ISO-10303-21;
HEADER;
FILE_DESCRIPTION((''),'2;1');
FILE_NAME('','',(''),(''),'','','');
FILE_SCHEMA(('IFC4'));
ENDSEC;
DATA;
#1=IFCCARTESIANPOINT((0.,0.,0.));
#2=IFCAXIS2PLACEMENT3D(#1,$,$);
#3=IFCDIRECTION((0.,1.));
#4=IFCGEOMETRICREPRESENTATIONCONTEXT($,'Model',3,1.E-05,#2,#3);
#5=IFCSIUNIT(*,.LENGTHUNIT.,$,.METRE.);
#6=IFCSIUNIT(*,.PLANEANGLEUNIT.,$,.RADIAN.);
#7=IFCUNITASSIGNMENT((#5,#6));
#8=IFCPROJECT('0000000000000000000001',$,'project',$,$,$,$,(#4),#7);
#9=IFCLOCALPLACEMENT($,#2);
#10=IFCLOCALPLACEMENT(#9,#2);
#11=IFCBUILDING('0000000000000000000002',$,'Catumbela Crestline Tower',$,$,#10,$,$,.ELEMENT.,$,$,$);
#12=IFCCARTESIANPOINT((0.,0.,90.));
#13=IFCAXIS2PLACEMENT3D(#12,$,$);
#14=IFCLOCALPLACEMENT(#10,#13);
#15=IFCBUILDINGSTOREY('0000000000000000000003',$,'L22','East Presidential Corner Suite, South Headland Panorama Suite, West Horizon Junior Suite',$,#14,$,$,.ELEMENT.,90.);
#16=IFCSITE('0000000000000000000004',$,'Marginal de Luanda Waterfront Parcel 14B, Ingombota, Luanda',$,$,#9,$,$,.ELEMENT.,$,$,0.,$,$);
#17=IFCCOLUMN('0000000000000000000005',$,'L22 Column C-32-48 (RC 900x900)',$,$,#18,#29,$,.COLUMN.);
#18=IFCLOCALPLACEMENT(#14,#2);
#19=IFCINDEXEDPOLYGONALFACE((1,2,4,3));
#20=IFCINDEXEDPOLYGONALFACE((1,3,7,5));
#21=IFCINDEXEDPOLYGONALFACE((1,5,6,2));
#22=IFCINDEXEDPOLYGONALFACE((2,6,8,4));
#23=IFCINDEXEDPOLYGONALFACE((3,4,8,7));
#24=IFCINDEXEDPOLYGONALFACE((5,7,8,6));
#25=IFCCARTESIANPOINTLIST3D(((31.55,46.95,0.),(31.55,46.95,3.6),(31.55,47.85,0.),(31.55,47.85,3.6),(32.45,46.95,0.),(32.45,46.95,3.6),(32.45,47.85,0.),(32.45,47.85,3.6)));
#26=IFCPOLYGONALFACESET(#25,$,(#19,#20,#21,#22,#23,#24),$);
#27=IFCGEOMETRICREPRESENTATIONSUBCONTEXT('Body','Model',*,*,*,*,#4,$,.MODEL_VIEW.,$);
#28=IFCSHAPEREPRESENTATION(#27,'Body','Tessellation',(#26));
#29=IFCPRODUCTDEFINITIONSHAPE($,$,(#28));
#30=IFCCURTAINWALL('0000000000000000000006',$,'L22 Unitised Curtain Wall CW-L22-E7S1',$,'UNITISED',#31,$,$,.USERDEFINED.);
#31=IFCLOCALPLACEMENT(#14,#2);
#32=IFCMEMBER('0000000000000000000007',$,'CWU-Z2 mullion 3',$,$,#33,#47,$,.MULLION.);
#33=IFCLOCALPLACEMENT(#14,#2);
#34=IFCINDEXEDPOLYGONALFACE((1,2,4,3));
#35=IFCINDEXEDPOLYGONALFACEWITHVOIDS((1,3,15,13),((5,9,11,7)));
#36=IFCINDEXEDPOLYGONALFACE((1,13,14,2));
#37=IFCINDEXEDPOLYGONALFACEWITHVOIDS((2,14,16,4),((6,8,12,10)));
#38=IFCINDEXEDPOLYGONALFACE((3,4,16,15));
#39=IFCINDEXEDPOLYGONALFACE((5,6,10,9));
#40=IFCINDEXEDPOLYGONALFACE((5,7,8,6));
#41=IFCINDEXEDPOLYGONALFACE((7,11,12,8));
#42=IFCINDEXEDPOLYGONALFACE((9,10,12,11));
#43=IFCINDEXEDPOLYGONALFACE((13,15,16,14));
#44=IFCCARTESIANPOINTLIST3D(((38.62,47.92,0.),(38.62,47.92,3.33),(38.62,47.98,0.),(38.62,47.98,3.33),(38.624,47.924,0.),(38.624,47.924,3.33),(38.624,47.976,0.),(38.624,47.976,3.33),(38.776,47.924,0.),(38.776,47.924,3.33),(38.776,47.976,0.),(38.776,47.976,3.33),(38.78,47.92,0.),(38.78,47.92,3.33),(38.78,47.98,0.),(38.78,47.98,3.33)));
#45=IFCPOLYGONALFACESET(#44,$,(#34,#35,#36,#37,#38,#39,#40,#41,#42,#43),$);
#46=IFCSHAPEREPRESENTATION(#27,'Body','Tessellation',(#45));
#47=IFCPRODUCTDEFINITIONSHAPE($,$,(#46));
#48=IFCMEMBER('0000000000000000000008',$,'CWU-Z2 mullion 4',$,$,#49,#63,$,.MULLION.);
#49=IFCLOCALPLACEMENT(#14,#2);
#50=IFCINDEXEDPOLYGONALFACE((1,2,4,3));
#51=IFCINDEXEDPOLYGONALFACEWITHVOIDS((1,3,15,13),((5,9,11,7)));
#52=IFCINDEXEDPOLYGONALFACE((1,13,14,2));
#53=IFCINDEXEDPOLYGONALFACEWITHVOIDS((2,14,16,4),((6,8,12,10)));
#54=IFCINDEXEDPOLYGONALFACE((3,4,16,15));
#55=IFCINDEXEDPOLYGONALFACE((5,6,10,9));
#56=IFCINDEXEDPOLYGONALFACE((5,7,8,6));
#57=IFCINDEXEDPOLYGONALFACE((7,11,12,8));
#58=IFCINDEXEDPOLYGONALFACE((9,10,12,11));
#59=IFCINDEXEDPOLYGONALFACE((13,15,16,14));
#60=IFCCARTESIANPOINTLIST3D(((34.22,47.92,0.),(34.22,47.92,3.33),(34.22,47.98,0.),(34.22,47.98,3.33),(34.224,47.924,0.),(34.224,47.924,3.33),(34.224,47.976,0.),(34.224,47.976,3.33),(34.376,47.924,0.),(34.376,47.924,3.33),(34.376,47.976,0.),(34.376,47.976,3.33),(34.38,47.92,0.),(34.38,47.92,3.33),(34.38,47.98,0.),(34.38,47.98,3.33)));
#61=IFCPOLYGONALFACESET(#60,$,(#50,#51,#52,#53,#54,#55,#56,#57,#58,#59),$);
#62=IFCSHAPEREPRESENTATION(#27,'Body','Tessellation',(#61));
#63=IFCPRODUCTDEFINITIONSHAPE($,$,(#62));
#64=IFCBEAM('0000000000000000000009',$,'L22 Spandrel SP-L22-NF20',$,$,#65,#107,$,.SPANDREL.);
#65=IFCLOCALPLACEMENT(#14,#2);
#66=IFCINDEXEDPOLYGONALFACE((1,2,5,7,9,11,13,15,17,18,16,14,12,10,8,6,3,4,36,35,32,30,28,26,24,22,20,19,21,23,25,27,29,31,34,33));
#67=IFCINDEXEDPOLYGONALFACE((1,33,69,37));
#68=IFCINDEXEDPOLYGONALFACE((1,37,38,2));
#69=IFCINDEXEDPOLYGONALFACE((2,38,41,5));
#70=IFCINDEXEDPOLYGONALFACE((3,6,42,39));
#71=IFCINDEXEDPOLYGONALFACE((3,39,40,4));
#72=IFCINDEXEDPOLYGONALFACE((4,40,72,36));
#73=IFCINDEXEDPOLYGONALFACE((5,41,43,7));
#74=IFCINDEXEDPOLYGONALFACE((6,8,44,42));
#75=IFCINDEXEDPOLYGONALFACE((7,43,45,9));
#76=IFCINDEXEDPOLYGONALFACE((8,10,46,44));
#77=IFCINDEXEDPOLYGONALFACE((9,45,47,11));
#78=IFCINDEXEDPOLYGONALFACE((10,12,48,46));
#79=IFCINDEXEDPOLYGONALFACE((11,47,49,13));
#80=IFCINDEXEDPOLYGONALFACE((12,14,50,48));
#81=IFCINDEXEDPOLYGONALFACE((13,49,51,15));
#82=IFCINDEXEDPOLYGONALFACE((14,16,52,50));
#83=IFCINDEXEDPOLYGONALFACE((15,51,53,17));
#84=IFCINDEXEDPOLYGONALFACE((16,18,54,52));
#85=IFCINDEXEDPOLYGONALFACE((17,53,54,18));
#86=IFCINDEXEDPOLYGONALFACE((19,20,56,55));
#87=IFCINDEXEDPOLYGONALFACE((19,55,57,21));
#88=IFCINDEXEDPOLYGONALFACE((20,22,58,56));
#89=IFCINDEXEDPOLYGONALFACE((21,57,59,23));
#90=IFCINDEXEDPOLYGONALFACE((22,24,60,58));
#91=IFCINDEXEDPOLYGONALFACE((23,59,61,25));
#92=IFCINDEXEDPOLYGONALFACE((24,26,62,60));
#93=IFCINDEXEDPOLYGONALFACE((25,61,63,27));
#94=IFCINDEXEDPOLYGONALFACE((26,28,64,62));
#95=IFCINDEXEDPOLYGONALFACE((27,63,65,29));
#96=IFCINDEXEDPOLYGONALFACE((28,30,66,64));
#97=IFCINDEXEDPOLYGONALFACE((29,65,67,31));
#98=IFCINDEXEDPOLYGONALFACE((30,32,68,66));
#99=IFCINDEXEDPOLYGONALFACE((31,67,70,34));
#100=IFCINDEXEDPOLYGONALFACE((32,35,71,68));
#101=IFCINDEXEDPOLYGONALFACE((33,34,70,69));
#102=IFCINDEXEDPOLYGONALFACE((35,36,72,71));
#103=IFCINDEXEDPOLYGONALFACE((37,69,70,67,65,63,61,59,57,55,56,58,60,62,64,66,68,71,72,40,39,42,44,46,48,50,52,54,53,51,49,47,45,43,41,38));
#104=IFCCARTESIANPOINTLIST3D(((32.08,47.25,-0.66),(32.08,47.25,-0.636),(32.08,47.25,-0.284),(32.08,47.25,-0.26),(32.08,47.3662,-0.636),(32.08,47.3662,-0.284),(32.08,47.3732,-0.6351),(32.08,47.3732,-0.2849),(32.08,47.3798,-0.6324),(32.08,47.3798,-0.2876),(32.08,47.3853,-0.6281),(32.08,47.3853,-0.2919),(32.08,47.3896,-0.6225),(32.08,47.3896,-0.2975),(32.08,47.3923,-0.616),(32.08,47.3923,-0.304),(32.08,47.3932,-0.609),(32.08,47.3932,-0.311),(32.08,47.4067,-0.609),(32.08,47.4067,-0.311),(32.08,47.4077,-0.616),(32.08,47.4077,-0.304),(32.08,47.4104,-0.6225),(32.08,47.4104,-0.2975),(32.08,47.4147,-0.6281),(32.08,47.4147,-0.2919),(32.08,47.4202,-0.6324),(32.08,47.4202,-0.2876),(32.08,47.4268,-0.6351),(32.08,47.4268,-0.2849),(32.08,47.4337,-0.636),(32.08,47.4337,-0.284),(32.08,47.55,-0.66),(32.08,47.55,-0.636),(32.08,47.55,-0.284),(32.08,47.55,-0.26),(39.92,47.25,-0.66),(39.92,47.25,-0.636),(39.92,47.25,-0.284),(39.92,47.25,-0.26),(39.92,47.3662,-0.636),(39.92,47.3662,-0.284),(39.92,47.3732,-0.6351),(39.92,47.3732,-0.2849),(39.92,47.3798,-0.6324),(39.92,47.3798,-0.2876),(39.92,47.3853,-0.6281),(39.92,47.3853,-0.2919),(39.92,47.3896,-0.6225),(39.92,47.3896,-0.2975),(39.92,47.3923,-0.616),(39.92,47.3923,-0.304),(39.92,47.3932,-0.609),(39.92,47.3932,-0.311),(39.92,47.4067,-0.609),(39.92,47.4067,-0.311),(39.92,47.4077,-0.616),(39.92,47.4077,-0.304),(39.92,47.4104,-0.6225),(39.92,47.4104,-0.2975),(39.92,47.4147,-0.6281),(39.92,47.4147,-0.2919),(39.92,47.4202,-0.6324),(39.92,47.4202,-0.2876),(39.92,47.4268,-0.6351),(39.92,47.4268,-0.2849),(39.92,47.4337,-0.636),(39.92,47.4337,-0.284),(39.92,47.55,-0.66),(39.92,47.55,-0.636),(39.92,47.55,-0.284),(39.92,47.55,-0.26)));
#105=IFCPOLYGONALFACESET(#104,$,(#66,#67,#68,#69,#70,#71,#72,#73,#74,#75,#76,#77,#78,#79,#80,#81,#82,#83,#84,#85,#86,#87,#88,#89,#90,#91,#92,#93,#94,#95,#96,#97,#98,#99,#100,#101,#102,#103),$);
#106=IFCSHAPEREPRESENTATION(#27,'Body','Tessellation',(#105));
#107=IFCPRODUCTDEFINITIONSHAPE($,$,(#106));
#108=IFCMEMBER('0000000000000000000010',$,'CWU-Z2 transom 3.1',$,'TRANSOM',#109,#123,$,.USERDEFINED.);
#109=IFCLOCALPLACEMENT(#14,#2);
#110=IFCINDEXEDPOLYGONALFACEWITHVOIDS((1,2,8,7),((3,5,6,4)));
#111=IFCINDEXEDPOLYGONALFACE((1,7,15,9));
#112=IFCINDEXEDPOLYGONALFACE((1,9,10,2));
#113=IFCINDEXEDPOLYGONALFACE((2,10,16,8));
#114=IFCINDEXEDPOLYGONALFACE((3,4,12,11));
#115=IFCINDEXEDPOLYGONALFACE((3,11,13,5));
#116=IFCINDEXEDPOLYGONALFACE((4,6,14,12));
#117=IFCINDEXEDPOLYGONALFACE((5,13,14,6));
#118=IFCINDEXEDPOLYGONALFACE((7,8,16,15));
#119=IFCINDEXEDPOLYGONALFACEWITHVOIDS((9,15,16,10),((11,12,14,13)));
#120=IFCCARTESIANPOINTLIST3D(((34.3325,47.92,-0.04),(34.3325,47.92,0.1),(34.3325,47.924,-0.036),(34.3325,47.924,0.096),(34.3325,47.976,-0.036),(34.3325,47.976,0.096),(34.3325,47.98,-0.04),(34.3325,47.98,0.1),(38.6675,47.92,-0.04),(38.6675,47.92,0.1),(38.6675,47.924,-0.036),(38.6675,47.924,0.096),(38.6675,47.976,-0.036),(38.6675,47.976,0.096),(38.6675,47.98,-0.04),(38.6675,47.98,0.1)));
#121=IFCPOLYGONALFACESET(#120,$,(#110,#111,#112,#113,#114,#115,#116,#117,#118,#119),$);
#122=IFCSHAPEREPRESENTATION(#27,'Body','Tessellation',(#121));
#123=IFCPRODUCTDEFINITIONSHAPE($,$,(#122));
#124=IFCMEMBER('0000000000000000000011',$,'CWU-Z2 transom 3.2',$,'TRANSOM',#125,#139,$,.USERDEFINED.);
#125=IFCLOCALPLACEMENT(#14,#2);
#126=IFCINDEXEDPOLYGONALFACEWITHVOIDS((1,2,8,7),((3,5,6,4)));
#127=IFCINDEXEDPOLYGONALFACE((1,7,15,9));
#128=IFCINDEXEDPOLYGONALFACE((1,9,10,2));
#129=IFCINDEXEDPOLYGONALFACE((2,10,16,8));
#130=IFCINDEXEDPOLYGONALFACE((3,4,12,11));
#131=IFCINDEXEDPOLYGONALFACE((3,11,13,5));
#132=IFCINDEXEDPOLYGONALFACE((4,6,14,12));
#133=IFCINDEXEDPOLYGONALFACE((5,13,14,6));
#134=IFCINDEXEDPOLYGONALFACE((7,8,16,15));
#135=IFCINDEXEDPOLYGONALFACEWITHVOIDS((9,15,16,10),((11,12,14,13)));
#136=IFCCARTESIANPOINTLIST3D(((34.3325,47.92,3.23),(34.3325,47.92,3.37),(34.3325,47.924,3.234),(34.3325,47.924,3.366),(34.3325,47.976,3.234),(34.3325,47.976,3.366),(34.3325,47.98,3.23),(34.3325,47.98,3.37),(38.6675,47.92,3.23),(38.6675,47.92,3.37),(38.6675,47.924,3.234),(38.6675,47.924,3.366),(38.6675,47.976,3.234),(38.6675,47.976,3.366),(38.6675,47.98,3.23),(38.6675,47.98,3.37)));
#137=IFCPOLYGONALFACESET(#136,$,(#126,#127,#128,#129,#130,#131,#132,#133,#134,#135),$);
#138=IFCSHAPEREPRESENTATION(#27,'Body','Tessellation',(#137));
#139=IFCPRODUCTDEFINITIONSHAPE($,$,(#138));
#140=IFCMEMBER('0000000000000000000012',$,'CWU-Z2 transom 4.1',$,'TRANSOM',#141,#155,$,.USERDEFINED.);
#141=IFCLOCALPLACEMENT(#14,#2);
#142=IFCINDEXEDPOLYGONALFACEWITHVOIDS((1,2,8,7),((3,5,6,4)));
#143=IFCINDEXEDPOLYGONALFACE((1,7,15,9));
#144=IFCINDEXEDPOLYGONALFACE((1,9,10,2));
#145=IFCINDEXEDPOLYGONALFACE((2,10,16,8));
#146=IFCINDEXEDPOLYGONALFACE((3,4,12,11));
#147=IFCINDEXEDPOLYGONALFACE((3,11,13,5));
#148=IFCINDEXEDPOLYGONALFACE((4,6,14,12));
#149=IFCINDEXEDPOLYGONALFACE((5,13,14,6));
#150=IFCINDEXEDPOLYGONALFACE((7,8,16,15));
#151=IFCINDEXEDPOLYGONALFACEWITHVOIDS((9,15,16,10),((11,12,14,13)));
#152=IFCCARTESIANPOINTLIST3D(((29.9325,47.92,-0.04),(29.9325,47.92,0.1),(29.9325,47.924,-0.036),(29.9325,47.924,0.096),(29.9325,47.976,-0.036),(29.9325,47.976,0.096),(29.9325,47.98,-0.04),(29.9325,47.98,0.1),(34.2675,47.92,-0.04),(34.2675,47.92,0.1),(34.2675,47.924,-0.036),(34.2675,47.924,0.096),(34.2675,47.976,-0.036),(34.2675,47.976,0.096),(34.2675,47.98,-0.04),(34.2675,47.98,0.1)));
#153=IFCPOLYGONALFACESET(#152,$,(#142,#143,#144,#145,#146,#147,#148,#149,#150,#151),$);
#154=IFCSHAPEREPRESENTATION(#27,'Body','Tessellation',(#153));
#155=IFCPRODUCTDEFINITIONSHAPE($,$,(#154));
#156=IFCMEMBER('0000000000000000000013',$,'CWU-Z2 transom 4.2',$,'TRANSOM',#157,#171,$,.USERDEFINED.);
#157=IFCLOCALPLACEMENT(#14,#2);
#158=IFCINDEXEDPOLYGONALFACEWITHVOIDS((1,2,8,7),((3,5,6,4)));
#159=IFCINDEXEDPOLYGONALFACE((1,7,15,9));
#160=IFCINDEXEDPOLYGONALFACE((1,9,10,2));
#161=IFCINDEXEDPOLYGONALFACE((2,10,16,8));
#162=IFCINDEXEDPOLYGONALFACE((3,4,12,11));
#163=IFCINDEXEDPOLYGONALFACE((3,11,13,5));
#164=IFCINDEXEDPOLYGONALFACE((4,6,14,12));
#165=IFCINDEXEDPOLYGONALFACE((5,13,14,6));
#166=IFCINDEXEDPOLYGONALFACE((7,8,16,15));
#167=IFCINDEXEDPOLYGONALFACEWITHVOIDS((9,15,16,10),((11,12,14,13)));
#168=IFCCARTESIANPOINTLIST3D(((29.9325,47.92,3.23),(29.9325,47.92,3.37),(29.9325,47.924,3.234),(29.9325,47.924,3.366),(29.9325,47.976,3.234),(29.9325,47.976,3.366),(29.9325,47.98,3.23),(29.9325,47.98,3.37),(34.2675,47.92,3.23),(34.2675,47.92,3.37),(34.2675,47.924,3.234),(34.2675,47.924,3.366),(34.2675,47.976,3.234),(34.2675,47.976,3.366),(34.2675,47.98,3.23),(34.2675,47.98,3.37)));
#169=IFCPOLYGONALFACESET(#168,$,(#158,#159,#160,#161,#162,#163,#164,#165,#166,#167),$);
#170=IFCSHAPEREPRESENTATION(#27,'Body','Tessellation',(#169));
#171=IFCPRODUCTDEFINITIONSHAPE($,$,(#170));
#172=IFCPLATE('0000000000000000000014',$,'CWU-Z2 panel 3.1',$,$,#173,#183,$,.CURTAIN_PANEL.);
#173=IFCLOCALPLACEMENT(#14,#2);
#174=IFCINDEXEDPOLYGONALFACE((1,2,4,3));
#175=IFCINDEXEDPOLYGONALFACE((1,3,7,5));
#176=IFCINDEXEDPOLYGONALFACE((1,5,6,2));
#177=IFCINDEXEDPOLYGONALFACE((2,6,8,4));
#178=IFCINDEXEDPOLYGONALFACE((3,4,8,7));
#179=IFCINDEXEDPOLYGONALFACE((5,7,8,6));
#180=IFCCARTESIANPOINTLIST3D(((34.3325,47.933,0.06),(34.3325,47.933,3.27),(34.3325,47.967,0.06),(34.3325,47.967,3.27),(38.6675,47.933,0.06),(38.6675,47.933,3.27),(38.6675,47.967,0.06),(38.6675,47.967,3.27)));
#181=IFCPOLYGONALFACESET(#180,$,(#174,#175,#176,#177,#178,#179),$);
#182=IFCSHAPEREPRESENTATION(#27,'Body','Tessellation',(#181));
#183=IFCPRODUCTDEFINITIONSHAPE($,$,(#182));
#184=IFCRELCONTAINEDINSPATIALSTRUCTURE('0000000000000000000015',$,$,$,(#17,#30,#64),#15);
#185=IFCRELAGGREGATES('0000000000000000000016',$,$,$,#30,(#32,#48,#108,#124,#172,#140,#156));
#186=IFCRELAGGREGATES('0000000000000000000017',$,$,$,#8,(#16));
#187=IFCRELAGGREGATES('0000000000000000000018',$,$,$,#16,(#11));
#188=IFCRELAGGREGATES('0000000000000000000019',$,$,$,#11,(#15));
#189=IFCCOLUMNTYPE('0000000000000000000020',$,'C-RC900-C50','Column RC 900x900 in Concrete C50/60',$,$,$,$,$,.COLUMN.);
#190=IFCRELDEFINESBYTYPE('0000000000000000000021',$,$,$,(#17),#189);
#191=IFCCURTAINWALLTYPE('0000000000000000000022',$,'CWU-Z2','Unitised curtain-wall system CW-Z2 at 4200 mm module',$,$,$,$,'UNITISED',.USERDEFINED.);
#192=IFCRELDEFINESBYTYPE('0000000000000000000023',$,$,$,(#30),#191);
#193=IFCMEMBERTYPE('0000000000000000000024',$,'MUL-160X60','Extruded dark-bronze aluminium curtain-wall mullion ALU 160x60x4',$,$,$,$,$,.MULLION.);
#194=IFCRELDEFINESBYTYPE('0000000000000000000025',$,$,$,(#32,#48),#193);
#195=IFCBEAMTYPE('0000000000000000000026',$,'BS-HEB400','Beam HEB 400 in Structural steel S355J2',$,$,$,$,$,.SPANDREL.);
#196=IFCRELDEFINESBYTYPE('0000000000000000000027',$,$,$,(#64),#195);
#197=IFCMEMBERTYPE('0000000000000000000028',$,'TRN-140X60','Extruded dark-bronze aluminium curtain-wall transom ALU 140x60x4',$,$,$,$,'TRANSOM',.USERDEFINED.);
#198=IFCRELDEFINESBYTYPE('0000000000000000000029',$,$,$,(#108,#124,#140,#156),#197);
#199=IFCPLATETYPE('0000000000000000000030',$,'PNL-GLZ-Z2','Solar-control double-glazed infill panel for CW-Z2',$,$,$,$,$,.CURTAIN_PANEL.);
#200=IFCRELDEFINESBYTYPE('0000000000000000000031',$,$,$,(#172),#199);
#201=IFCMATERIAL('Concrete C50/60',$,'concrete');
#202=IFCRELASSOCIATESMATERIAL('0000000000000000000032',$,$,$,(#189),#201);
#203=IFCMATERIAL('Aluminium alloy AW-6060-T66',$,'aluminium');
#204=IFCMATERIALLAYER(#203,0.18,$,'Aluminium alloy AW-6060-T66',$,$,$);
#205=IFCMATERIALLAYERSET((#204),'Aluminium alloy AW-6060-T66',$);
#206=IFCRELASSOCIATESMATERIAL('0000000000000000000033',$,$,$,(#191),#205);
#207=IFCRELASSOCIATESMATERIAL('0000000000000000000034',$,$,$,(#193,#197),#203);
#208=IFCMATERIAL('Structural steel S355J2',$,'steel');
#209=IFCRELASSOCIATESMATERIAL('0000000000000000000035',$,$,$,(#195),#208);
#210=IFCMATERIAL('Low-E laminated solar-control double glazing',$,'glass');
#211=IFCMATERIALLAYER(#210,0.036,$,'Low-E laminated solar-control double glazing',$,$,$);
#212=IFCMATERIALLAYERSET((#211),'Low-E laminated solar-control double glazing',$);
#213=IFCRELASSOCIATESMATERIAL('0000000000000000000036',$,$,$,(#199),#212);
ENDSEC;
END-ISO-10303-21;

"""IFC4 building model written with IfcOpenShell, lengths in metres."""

from ifc_helpers import new_model, si_unit, direction, frame, origin, origin_2d, place, context, subcontext, project, spatial, rectangle, hollow_rectangle, i_section, extrude, material, layer, layer_set, material_profile, profile_set, type_object, element, aggregate, save


model = new_model("IFC4")

# Units and contexts
model_context = context("Model", 3, precision=1e-05, world=origin(), true_north=direction((0.0, 1.0)))
body_context = subcontext(model_context, "Body", "Model", "MODEL_VIEW")
ifc_project = project(units=[si_unit("LENGTHUNIT", "METRE"), si_unit("PLANEANGLEUNIT", "RADIAN")], contexts=[model_context])

# Site, building, storey
site_placement = place(None, origin())
site = spatial("IfcSite", under=ifc_project, at=site_placement, Name="Marginal de Luanda Waterfront Parcel 14B, Ingombota, Luanda", CompositionType="ELEMENT", RefElevation=0.0)
building_placement = place(site_placement, origin())
building = spatial("IfcBuilding", under=site, at=building_placement, Name="Catumbela Crestline Tower", CompositionType="ELEMENT")
storey_placement = place(building_placement, frame((0.0, 0.0, 90.0)))
storey = spatial("IfcBuildingStorey", under=building, at=storey_placement, Name="L22", Description="East Presidential Corner Suite, South Headland Panorama Suite, West Horizon Junior Suite", CompositionType="ELEMENT", Elevation=90.0)

# Column
ifc_material_1 = material(Name="Concrete C50/60", Category="concrete")
ifc_material_profile_1 = material_profile(ifc_material_1, rectangle(XDim=0.9, YDim=0.9, at=origin_2d()), Name="RC 900x900")
ifc_profile_set_1 = profile_set([ifc_material_profile_1], Name="Concrete C50/60")
column_type = type_object("IfcColumnType", Name="C-RC900-C50", Description="Column RC 900x900 in Concrete C50/60", PredefinedType="COLUMN", material=ifc_profile_set_1)
column_placement = place(storey_placement, frame((32.0, 47.4, 0.0), z_axis=(0.0, 0.0, 1.0), x_axis=(1.0, 0.0, 0.0)))
element("IfcColumn", 1, at=column_placement, inside=storey, type_object=column_type, Name="L22 Column C-32-48 (RC 900x900)", PredefinedType="COLUMN", context=body_context, shape_type="SweptSolid", body=[
    extrude(rectangle(XDim=0.9, YDim=0.9, at=origin_2d()), origin(), (0.0, 0.0, 1.0), 3.6),
])

# Curtain wall, members
ifc_material_2 = material(Name="Aluminium alloy AW-6060-T66", Category="aluminium")
ifc_layer_1 = layer(ifc_material_2, 0.18, Name="Aluminium alloy AW-6060-T66")
ifc_layer_set_1 = layer_set([ifc_layer_1], Name="Aluminium alloy AW-6060-T66")
curtain_wall_type = type_object("IfcCurtainWallType", Name="CWU-Z2", Description="Unitised curtain-wall system CW-Z2 at 4200 mm module", ElementType="UNITISED", PredefinedType="USERDEFINED", material=ifc_layer_set_1)
curtain_wall_placement = place(storey_placement, origin())
curtain_wall = element("IfcCurtainWall", 2, at=curtain_wall_placement, inside=storey, type_object=curtain_wall_type, Name="L22 Unitised Curtain Wall CW-L22-E7S1", ObjectType="UNITISED", PredefinedType="USERDEFINED")
ifc_material_profile_2 = material_profile(ifc_material_2, hollow_rectangle(XDim=0.06, YDim=0.16, WallThickness=0.004, at=origin_2d()), Name="ALU 160x60x4")
ifc_profile_set_2 = profile_set([ifc_material_profile_2], Name="Aluminium alloy AW-6060-T66")
member_type_1 = type_object("IfcMemberType", Name="MUL-160X60", Description="Extruded dark-bronze aluminium curtain-wall mullion ALU 160x60x4", PredefinedType="MULLION", material=ifc_profile_set_2)
member_1_placement = place(storey_placement, frame((38.7, 47.95, 0.0), z_axis=(0.0, 0.0, 1.0), x_axis=(0.0, -1.0, 0.0)))
member_1 = element("IfcMember", 3, at=member_1_placement, type_object=member_type_1, Name="CWU-Z2 mullion 3", PredefinedType="MULLION", context=body_context, shape_type="SweptSolid", body=[
    extrude(hollow_rectangle(XDim=0.06, YDim=0.16, WallThickness=0.004, at=origin_2d()), origin(), (0.0, 0.0, 1.0), 3.33),
])
member_2_placement = place(storey_placement, frame((34.3, 47.95, 0.0), z_axis=(0.0, 0.0, 1.0), x_axis=(0.0, -1.0, 0.0)))
member_2 = element("IfcMember", 4, at=member_2_placement, type_object=member_type_1, Name="CWU-Z2 mullion 4", PredefinedType="MULLION", context=body_context, shape_type="SweptSolid", body=[
    extrude(hollow_rectangle(XDim=0.06, YDim=0.16, WallThickness=0.004, at=origin_2d()), origin(), (0.0, 0.0, 1.0), 3.33),
])

# Beam
ifc_material_3 = material(Name="Structural steel S355J2", Category="steel")
ifc_material_profile_3 = material_profile(ifc_material_3, i_section(OverallWidth=0.3, OverallDepth=0.4, WebThickness=0.0135, FlangeThickness=0.024, FilletRadius=0.027, at=origin_2d()), Name="HEB 400")
ifc_profile_set_3 = profile_set([ifc_material_profile_3], Name="Structural steel S355J2")
beam_type = type_object("IfcBeamType", Name="BS-HEB400", Description="Beam HEB 400 in Structural steel S355J2", PredefinedType="SPANDREL", material=ifc_profile_set_3)
beam_placement = place(storey_placement, frame((32.08, 47.4, -0.46), z_axis=(1.0, 0.0, 0.0), x_axis=(0.0, 1.0, 0.0)))
element("IfcBeam", 5, at=beam_placement, inside=storey, type_object=beam_type, Name="L22 Spandrel SP-L22-NF20", PredefinedType="SPANDREL", context=body_context, shape_type="SweptSolid", body=[
    extrude(i_section(OverallWidth=0.3, OverallDepth=0.4, WebThickness=0.0135, FlangeThickness=0.024, FilletRadius=0.027, at=origin_2d()), origin(), (0.0, 0.0, 1.0), 7.84),
])

# Members
ifc_material_profile_4 = material_profile(ifc_material_2, hollow_rectangle(XDim=0.06, YDim=0.14, WallThickness=0.004, at=origin_2d()), Name="ALU 140x60x4")
ifc_profile_set_4 = profile_set([ifc_material_profile_4], Name="Aluminium alloy AW-6060-T66")
member_type_2 = type_object("IfcMemberType", Name="TRN-140X60", Description="Extruded dark-bronze aluminium curtain-wall transom ALU 140x60x4", ElementType="TRANSOM", PredefinedType="USERDEFINED", material=ifc_profile_set_4)
member_3_placement = place(storey_placement, frame((38.6675, 47.95, 0.03), z_axis=(-1.0, 0.0, 0.0), x_axis=(0.0, -1.0, 0.0)))
member_3 = element("IfcMember", 6, at=member_3_placement, type_object=member_type_2, Name="CWU-Z2 transom 3.1", ObjectType="TRANSOM", PredefinedType="USERDEFINED", context=body_context, shape_type="SweptSolid", body=[
    extrude(hollow_rectangle(XDim=0.06, YDim=0.14, WallThickness=0.004, at=origin_2d()), origin(), (0.0, 0.0, 1.0), 4.335),
])
member_4_placement = place(storey_placement, frame((38.6675, 47.95, 3.3), z_axis=(-1.0, 0.0, 0.0), x_axis=(0.0, -1.0, 0.0)))
member_4 = element("IfcMember", 7, at=member_4_placement, type_object=member_type_2, Name="CWU-Z2 transom 3.2", ObjectType="TRANSOM", PredefinedType="USERDEFINED", context=body_context, shape_type="SweptSolid", body=[
    extrude(hollow_rectangle(XDim=0.06, YDim=0.14, WallThickness=0.004, at=origin_2d()), origin(), (0.0, 0.0, 1.0), 4.335),
])
member_5_placement = place(storey_placement, frame((34.2675, 47.95, 0.03), z_axis=(-1.0, 0.0, 0.0), x_axis=(0.0, -1.0, 0.0)))
member_5 = element("IfcMember", 8, at=member_5_placement, type_object=member_type_2, Name="CWU-Z2 transom 4.1", ObjectType="TRANSOM", PredefinedType="USERDEFINED", context=body_context, shape_type="SweptSolid", body=[
    extrude(hollow_rectangle(XDim=0.06, YDim=0.14, WallThickness=0.004, at=origin_2d()), origin(), (0.0, 0.0, 1.0), 4.335),
])
member_6_placement = place(storey_placement, frame((34.2675, 47.95, 3.3), z_axis=(-1.0, 0.0, 0.0), x_axis=(0.0, -1.0, 0.0)))
member_6 = element("IfcMember", 9, at=member_6_placement, type_object=member_type_2, Name="CWU-Z2 transom 4.2", ObjectType="TRANSOM", PredefinedType="USERDEFINED", context=body_context, shape_type="SweptSolid", body=[
    extrude(hollow_rectangle(XDim=0.06, YDim=0.14, WallThickness=0.004, at=origin_2d()), origin(), (0.0, 0.0, 1.0), 4.335),
])

# Plate
ifc_material_4 = material(Name="Low-E laminated solar-control double glazing", Category="glass")
ifc_layer_2 = layer(ifc_material_4, 0.036, Name="Low-E laminated solar-control double glazing")
ifc_layer_set_2 = layer_set([ifc_layer_2], Name="Low-E laminated solar-control double glazing")
plate_type = type_object("IfcPlateType", Name="PNL-GLZ-Z2", Description="Solar-control double-glazed infill panel for CW-Z2", PredefinedType="CURTAIN_PANEL", material=ifc_layer_set_2)
plate_1_placement = place(storey_placement, frame((36.5, 47.95, 0.06), z_axis=(0.0, 0.0, 1.0), x_axis=(-1.0, 0.0, 0.0)))
plate_1 = element("IfcPlate", 10, at=plate_1_placement, type_object=plate_type, Name="CWU-Z2 panel 3.1", PredefinedType="CURTAIN_PANEL", context=body_context, shape_type="SweptSolid", body=[
    extrude(rectangle(XDim=4.335, YDim=0.034, at=origin_2d()), origin(), (0.0, 0.0, 1.0), 3.21),
])
aggregate(curtain_wall, [member_1, member_2, member_3, member_4, plate_1, member_5, member_6])

save(model, "model.ifc")
